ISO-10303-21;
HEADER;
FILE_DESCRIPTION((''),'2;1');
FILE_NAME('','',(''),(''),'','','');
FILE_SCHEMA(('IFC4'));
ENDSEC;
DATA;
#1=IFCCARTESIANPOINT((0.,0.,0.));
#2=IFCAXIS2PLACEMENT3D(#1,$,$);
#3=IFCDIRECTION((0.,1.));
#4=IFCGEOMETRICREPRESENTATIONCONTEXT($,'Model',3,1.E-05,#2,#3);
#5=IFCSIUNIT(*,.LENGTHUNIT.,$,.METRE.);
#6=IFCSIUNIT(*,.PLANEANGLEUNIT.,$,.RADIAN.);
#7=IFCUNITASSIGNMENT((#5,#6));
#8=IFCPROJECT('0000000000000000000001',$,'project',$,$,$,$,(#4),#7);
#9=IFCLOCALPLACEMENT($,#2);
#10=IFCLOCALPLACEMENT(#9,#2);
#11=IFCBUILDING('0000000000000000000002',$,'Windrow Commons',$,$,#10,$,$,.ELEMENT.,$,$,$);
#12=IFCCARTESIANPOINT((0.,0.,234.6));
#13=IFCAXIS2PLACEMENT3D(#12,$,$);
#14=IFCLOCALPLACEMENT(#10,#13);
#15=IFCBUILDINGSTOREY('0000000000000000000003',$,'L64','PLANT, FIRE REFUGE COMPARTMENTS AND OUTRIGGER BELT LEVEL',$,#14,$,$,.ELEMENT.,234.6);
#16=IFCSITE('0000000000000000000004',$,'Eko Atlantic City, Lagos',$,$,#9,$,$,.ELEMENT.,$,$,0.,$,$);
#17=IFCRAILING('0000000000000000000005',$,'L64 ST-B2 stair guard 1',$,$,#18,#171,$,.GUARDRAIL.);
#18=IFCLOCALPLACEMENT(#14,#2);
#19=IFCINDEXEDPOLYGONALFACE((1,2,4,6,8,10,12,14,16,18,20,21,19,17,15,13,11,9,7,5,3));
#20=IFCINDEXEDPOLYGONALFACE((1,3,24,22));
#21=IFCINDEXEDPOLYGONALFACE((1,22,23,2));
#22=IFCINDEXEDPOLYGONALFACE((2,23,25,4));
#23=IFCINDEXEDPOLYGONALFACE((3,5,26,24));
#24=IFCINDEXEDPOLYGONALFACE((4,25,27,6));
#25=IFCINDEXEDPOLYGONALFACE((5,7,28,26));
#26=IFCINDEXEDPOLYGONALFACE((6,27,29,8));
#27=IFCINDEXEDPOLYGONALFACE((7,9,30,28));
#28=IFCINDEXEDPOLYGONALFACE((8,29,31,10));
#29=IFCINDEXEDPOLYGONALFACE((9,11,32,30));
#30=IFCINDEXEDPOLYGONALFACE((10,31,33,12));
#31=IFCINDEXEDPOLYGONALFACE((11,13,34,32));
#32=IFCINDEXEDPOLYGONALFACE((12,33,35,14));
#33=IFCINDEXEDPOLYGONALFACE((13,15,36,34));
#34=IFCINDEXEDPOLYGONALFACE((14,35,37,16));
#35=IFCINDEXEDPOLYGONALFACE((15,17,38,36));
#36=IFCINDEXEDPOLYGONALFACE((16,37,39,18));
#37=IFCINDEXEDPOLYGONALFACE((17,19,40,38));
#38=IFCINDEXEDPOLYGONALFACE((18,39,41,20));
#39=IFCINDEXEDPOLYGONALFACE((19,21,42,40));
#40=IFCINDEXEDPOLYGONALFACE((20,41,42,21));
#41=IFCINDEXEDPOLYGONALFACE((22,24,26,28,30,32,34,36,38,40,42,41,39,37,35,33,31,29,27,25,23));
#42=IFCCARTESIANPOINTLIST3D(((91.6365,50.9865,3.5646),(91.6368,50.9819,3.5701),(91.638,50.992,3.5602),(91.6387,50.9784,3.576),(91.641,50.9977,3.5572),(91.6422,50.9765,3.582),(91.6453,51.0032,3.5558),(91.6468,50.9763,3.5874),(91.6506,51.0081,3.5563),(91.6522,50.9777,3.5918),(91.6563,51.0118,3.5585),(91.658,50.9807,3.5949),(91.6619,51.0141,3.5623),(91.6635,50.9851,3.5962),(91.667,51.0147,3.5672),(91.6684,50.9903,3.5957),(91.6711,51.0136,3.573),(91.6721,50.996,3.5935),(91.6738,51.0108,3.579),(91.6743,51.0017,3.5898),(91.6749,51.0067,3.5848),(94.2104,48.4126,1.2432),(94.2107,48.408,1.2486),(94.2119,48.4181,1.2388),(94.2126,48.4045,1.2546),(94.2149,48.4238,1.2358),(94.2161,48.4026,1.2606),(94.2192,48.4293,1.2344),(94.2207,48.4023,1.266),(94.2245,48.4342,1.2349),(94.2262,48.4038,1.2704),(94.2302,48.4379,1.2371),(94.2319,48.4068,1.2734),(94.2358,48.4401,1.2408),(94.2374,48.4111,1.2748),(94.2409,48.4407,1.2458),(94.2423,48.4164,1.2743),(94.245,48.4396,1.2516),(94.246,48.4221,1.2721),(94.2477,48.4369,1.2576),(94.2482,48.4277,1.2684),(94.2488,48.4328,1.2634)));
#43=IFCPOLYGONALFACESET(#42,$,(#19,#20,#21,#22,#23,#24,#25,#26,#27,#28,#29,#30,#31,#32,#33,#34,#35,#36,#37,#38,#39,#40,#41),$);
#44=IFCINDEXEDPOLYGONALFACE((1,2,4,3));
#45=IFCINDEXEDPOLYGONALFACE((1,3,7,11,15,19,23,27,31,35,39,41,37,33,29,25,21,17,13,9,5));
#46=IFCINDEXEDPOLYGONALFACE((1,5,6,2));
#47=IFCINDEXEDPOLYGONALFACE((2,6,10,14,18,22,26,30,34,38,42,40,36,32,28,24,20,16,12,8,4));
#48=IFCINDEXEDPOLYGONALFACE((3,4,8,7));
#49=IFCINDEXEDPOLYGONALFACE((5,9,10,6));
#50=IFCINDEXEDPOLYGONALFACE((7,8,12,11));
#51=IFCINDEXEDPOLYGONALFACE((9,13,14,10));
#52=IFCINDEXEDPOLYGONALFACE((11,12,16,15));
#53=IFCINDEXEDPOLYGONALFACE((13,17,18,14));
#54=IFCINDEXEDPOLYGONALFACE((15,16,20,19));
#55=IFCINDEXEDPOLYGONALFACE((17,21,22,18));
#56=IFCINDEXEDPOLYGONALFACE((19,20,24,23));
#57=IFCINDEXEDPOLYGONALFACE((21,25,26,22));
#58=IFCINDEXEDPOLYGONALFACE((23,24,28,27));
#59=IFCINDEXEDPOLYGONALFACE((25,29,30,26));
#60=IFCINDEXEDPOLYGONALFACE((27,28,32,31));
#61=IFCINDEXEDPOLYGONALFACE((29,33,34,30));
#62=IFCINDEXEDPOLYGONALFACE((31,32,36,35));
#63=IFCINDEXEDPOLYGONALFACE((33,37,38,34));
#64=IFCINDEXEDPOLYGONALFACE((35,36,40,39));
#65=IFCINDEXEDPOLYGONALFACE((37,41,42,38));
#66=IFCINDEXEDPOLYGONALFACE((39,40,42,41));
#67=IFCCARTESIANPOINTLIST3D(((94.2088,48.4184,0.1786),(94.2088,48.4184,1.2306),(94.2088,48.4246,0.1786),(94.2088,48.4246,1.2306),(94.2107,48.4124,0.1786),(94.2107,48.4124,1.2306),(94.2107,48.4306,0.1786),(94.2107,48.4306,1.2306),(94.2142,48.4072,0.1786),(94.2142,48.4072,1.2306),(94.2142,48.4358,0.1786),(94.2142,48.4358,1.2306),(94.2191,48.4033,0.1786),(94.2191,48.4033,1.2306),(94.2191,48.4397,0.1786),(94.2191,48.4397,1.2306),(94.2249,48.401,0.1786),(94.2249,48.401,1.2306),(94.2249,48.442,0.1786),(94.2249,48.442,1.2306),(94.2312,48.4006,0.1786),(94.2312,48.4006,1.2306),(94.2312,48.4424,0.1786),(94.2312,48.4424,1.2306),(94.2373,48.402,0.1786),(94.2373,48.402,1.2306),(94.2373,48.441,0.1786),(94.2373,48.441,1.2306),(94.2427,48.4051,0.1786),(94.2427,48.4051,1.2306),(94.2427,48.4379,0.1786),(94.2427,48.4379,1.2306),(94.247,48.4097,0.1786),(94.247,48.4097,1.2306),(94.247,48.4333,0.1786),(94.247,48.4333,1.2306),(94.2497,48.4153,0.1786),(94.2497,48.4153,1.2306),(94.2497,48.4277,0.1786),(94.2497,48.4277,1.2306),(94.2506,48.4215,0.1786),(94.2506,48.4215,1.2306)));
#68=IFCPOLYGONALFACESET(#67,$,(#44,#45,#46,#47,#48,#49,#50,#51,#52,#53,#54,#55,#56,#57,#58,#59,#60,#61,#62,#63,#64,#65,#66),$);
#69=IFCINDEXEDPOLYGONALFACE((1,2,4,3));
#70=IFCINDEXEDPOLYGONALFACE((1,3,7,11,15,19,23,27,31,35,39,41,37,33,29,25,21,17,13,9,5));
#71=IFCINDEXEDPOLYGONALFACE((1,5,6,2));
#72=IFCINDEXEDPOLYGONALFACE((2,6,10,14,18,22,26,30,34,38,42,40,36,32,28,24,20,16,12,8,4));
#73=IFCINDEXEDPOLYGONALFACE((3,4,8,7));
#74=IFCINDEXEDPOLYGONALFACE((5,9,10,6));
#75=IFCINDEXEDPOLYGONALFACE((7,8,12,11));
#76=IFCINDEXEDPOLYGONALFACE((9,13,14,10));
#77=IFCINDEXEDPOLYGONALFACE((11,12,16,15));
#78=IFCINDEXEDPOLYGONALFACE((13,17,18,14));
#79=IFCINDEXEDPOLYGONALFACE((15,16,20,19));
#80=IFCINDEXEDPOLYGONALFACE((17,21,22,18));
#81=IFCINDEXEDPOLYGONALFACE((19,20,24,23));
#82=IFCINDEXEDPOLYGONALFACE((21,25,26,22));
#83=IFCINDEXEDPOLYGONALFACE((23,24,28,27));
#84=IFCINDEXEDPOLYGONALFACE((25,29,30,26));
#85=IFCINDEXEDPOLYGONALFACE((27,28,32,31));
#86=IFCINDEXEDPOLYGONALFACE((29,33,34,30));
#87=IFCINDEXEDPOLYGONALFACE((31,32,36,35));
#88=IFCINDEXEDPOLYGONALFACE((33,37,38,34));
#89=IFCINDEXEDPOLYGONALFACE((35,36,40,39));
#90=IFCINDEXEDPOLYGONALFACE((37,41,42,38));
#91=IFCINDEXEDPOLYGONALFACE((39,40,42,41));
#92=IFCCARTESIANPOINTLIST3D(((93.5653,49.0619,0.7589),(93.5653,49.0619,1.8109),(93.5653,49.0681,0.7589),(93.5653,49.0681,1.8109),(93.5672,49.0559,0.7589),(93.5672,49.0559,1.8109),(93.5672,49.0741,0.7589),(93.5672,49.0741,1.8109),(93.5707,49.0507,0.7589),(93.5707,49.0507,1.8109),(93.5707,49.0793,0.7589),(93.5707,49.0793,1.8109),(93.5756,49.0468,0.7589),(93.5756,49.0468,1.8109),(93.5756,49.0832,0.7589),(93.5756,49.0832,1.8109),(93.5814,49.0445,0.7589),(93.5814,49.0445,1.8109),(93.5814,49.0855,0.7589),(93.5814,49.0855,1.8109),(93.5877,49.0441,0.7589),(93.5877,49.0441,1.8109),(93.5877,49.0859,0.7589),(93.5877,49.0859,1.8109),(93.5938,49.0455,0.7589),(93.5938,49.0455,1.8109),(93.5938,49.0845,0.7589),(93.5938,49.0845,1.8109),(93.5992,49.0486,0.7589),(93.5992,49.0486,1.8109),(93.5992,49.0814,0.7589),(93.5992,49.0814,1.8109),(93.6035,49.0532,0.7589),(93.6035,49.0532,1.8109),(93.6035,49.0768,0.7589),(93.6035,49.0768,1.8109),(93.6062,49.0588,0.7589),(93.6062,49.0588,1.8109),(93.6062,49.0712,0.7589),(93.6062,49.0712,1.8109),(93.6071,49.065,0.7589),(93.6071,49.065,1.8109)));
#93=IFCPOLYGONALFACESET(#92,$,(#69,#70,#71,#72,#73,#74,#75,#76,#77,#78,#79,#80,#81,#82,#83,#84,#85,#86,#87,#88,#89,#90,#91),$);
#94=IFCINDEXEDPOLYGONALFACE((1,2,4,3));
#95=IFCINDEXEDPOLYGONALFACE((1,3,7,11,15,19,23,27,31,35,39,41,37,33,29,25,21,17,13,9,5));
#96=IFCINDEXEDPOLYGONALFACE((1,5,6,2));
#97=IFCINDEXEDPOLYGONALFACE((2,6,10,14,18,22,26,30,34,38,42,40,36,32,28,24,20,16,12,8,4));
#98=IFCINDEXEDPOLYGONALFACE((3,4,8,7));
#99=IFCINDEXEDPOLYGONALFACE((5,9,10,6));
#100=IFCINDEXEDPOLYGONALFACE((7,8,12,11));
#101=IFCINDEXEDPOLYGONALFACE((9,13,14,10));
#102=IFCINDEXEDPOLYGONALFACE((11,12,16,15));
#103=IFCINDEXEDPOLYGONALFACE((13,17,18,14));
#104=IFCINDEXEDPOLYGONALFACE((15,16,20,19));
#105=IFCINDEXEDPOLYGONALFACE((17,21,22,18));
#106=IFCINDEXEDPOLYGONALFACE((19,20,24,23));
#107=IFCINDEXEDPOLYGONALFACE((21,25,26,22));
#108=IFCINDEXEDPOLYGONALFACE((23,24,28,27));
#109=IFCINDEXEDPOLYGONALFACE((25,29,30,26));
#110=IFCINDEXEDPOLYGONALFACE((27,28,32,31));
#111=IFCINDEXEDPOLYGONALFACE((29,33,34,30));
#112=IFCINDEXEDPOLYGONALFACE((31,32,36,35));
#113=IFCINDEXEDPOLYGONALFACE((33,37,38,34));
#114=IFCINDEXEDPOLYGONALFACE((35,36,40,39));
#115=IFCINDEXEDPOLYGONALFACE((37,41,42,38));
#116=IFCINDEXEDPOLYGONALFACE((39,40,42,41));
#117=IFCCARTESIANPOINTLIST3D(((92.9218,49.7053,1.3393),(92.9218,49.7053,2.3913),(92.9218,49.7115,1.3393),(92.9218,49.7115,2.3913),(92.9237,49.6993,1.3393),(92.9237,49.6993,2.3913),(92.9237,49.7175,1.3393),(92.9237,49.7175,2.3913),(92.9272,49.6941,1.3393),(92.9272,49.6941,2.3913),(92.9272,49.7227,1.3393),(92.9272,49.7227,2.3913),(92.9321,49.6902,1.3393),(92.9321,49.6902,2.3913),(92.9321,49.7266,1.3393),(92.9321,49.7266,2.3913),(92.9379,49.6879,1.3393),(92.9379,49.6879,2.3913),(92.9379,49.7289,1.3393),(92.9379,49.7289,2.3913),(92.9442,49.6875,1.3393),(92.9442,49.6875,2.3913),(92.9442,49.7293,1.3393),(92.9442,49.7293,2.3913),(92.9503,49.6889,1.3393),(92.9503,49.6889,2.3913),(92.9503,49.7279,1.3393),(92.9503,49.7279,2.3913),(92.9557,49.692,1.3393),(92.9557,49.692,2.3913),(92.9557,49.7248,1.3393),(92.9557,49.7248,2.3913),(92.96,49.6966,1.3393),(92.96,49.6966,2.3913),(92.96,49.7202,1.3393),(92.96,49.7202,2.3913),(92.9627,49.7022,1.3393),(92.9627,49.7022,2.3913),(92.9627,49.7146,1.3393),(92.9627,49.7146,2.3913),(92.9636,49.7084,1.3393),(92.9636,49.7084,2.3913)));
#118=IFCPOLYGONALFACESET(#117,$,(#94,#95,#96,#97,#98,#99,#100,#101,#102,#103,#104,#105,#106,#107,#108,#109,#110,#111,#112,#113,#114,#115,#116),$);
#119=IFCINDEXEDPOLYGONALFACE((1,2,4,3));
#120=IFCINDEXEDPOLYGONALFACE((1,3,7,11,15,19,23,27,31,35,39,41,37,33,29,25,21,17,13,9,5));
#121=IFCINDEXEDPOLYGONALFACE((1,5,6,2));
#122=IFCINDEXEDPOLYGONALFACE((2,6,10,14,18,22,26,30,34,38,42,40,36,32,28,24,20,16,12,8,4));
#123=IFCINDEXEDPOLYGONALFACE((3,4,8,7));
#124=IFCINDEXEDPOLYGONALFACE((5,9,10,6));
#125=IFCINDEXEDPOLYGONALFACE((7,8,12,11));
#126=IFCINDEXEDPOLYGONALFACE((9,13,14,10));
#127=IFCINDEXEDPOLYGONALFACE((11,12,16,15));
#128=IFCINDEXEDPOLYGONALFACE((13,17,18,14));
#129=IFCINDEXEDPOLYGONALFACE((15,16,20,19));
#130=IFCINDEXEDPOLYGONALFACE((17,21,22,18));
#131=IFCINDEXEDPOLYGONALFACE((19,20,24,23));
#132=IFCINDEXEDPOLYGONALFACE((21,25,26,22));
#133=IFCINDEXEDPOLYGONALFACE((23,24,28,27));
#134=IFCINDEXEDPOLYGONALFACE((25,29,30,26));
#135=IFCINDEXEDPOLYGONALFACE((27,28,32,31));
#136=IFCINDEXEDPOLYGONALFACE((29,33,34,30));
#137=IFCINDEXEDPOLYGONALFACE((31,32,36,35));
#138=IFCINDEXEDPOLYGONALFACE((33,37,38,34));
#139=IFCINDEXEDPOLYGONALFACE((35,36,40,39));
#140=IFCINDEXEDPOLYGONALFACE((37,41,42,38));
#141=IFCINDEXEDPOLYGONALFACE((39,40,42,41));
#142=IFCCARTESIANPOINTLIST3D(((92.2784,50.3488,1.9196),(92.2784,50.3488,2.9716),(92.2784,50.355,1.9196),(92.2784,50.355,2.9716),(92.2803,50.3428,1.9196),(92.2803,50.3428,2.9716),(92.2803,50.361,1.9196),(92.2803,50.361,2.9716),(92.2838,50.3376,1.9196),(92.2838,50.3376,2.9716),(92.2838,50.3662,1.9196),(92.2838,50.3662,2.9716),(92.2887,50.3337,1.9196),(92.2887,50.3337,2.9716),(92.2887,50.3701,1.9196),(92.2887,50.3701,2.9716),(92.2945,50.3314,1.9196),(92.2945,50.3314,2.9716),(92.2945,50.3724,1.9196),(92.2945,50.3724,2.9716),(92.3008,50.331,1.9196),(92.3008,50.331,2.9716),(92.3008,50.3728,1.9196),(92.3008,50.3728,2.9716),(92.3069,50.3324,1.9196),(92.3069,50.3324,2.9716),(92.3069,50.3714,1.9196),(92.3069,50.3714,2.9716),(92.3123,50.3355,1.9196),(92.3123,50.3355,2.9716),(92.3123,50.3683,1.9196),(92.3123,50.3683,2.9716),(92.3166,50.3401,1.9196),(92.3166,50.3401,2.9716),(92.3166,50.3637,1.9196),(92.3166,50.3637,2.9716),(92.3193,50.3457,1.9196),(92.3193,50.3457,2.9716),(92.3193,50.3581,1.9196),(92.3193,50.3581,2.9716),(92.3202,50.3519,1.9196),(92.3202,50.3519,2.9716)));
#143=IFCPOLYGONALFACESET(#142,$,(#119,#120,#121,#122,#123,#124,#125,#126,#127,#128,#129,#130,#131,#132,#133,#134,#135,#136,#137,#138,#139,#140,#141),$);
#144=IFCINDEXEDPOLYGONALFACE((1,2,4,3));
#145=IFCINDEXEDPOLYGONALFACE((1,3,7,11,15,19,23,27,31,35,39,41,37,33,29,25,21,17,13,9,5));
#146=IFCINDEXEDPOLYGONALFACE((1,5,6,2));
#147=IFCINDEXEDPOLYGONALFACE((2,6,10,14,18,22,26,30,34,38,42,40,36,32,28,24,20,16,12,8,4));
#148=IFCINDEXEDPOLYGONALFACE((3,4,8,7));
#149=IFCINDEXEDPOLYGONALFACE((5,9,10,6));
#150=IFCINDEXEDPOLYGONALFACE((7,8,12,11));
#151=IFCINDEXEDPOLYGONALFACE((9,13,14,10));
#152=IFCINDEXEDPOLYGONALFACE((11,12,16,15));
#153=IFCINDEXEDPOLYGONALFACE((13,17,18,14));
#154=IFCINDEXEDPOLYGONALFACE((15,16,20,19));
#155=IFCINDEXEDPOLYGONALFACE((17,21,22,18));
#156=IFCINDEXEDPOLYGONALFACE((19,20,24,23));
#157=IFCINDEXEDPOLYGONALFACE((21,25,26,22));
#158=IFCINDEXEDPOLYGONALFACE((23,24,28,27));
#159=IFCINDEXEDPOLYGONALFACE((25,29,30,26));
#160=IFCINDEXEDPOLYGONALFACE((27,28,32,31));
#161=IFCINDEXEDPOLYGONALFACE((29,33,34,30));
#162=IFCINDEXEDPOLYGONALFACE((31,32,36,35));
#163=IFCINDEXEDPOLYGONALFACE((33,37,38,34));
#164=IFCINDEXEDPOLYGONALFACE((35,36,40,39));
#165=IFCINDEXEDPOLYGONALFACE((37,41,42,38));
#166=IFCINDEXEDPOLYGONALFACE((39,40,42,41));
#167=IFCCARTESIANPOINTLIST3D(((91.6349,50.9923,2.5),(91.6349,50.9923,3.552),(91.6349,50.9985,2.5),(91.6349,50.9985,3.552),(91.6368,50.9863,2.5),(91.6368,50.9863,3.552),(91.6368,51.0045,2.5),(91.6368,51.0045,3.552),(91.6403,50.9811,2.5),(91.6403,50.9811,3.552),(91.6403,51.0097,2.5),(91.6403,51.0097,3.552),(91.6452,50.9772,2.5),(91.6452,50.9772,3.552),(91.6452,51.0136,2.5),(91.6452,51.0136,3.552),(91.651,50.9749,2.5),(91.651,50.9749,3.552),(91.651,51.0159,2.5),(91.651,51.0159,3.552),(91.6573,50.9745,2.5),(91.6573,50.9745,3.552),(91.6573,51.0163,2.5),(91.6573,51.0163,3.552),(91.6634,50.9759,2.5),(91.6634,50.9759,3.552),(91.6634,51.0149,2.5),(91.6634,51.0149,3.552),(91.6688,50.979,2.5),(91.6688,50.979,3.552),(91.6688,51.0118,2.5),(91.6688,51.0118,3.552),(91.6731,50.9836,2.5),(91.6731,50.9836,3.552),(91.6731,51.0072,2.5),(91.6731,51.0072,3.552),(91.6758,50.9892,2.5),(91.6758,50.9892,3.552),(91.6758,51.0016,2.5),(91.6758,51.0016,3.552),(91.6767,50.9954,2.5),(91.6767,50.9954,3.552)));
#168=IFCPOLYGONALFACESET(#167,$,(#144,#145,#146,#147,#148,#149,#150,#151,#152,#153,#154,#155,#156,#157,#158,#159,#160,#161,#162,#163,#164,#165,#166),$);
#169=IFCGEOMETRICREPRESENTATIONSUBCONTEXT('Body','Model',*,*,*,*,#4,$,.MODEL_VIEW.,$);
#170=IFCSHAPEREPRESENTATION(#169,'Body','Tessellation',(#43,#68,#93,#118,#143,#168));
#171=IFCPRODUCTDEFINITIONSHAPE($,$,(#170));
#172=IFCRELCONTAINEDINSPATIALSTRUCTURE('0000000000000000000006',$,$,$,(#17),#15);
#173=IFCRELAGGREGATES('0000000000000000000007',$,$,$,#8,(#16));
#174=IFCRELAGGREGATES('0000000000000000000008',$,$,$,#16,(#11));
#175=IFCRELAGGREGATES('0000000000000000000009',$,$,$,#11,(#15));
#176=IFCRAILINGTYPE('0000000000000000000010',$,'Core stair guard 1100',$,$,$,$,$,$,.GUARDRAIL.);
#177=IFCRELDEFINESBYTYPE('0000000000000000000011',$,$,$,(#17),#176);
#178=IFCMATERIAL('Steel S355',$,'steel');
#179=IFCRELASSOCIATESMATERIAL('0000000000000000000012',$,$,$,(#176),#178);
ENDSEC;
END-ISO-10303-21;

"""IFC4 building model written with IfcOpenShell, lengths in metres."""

from ifc_helpers import new_model, si_unit, direction, frame, origin, origin_2d, place, context, subcontext, project, spatial, circle, extrude, material, type_object, element, save


model = new_model("IFC4")

# Units and contexts
model_context = context("Model", 3, precision=1e-05, world=origin(), true_north=direction((0.0, 1.0)))
body_context = subcontext(model_context, "Body", "Model", "MODEL_VIEW")
ifc_project = project(units=[si_unit("LENGTHUNIT", "METRE"), si_unit("PLANEANGLEUNIT", "RADIAN")], contexts=[model_context])

# Site, building, storey
site_placement = place(None, origin())
site = spatial("IfcSite", under=ifc_project, at=site_placement, Name="Eko Atlantic City, Lagos", CompositionType="ELEMENT", RefElevation=0.0)
building_placement = place(site_placement, origin())
building = spatial("IfcBuilding", under=site, at=building_placement, Name="Windrow Commons", CompositionType="ELEMENT")
storey_placement = place(building_placement, frame((0.0, 0.0, 234.6)))
storey = spatial("IfcBuildingStorey", under=building, at=storey_placement, Name="L64", Description="PLANT, FIRE REFUGE COMPARTMENTS AND OUTRIGGER BELT LEVEL", CompositionType="ELEMENT", Elevation=234.6)

# Railing
ifc_material_1 = material(Name="Steel S355", Category="steel")
railing_type_1 = type_object("IfcRailingType", Name="Core stair guard 1100", PredefinedType="GUARDRAIL", material=ifc_material_1)
railing_1_placement = place(storey_placement, frame((94.2296, 48.4215, 0.1786)))
element("IfcRailing", 1, at=railing_1_placement, inside=storey, type_object=railing_type_1, Name="L64 ST-B2 stair guard 1", PredefinedType="GUARDRAIL", context=body_context, shape_type="SweptSolid", body=[
    extrude(circle(Radius=0.024, at=origin_2d()), frame((0.0, 0.0, 1.076), z_axis=(-0.596187, 0.596187, 0.537701), x_axis=(-0.707107, -0.707107, 0.0)), (0.0, 0.0, 1.0), 4.3173),
    extrude(circle(Radius=0.021, at=origin_2d()), origin(), (0.0, 0.0, 1.0), 1.052),
    extrude(circle(Radius=0.021, at=origin_2d()), frame((-0.6435, 0.6435, 0.5803)), (0.0, 0.0, 1.0), 1.052),
    extrude(circle(Radius=0.021, at=origin_2d()), frame((-1.287, 1.2869, 1.1607)), (0.0, 0.0, 1.0), 1.052),
    extrude(circle(Radius=0.021, at=origin_2d()), frame((-1.9304, 1.9304, 1.741)), (0.0, 0.0, 1.0), 1.052),
    extrude(circle(Radius=0.021, at=origin_2d()), frame((-2.5739, 2.5739, 2.3214)), (0.0, 0.0, 1.0), 1.052),
])

save(model, "model.ifc")
